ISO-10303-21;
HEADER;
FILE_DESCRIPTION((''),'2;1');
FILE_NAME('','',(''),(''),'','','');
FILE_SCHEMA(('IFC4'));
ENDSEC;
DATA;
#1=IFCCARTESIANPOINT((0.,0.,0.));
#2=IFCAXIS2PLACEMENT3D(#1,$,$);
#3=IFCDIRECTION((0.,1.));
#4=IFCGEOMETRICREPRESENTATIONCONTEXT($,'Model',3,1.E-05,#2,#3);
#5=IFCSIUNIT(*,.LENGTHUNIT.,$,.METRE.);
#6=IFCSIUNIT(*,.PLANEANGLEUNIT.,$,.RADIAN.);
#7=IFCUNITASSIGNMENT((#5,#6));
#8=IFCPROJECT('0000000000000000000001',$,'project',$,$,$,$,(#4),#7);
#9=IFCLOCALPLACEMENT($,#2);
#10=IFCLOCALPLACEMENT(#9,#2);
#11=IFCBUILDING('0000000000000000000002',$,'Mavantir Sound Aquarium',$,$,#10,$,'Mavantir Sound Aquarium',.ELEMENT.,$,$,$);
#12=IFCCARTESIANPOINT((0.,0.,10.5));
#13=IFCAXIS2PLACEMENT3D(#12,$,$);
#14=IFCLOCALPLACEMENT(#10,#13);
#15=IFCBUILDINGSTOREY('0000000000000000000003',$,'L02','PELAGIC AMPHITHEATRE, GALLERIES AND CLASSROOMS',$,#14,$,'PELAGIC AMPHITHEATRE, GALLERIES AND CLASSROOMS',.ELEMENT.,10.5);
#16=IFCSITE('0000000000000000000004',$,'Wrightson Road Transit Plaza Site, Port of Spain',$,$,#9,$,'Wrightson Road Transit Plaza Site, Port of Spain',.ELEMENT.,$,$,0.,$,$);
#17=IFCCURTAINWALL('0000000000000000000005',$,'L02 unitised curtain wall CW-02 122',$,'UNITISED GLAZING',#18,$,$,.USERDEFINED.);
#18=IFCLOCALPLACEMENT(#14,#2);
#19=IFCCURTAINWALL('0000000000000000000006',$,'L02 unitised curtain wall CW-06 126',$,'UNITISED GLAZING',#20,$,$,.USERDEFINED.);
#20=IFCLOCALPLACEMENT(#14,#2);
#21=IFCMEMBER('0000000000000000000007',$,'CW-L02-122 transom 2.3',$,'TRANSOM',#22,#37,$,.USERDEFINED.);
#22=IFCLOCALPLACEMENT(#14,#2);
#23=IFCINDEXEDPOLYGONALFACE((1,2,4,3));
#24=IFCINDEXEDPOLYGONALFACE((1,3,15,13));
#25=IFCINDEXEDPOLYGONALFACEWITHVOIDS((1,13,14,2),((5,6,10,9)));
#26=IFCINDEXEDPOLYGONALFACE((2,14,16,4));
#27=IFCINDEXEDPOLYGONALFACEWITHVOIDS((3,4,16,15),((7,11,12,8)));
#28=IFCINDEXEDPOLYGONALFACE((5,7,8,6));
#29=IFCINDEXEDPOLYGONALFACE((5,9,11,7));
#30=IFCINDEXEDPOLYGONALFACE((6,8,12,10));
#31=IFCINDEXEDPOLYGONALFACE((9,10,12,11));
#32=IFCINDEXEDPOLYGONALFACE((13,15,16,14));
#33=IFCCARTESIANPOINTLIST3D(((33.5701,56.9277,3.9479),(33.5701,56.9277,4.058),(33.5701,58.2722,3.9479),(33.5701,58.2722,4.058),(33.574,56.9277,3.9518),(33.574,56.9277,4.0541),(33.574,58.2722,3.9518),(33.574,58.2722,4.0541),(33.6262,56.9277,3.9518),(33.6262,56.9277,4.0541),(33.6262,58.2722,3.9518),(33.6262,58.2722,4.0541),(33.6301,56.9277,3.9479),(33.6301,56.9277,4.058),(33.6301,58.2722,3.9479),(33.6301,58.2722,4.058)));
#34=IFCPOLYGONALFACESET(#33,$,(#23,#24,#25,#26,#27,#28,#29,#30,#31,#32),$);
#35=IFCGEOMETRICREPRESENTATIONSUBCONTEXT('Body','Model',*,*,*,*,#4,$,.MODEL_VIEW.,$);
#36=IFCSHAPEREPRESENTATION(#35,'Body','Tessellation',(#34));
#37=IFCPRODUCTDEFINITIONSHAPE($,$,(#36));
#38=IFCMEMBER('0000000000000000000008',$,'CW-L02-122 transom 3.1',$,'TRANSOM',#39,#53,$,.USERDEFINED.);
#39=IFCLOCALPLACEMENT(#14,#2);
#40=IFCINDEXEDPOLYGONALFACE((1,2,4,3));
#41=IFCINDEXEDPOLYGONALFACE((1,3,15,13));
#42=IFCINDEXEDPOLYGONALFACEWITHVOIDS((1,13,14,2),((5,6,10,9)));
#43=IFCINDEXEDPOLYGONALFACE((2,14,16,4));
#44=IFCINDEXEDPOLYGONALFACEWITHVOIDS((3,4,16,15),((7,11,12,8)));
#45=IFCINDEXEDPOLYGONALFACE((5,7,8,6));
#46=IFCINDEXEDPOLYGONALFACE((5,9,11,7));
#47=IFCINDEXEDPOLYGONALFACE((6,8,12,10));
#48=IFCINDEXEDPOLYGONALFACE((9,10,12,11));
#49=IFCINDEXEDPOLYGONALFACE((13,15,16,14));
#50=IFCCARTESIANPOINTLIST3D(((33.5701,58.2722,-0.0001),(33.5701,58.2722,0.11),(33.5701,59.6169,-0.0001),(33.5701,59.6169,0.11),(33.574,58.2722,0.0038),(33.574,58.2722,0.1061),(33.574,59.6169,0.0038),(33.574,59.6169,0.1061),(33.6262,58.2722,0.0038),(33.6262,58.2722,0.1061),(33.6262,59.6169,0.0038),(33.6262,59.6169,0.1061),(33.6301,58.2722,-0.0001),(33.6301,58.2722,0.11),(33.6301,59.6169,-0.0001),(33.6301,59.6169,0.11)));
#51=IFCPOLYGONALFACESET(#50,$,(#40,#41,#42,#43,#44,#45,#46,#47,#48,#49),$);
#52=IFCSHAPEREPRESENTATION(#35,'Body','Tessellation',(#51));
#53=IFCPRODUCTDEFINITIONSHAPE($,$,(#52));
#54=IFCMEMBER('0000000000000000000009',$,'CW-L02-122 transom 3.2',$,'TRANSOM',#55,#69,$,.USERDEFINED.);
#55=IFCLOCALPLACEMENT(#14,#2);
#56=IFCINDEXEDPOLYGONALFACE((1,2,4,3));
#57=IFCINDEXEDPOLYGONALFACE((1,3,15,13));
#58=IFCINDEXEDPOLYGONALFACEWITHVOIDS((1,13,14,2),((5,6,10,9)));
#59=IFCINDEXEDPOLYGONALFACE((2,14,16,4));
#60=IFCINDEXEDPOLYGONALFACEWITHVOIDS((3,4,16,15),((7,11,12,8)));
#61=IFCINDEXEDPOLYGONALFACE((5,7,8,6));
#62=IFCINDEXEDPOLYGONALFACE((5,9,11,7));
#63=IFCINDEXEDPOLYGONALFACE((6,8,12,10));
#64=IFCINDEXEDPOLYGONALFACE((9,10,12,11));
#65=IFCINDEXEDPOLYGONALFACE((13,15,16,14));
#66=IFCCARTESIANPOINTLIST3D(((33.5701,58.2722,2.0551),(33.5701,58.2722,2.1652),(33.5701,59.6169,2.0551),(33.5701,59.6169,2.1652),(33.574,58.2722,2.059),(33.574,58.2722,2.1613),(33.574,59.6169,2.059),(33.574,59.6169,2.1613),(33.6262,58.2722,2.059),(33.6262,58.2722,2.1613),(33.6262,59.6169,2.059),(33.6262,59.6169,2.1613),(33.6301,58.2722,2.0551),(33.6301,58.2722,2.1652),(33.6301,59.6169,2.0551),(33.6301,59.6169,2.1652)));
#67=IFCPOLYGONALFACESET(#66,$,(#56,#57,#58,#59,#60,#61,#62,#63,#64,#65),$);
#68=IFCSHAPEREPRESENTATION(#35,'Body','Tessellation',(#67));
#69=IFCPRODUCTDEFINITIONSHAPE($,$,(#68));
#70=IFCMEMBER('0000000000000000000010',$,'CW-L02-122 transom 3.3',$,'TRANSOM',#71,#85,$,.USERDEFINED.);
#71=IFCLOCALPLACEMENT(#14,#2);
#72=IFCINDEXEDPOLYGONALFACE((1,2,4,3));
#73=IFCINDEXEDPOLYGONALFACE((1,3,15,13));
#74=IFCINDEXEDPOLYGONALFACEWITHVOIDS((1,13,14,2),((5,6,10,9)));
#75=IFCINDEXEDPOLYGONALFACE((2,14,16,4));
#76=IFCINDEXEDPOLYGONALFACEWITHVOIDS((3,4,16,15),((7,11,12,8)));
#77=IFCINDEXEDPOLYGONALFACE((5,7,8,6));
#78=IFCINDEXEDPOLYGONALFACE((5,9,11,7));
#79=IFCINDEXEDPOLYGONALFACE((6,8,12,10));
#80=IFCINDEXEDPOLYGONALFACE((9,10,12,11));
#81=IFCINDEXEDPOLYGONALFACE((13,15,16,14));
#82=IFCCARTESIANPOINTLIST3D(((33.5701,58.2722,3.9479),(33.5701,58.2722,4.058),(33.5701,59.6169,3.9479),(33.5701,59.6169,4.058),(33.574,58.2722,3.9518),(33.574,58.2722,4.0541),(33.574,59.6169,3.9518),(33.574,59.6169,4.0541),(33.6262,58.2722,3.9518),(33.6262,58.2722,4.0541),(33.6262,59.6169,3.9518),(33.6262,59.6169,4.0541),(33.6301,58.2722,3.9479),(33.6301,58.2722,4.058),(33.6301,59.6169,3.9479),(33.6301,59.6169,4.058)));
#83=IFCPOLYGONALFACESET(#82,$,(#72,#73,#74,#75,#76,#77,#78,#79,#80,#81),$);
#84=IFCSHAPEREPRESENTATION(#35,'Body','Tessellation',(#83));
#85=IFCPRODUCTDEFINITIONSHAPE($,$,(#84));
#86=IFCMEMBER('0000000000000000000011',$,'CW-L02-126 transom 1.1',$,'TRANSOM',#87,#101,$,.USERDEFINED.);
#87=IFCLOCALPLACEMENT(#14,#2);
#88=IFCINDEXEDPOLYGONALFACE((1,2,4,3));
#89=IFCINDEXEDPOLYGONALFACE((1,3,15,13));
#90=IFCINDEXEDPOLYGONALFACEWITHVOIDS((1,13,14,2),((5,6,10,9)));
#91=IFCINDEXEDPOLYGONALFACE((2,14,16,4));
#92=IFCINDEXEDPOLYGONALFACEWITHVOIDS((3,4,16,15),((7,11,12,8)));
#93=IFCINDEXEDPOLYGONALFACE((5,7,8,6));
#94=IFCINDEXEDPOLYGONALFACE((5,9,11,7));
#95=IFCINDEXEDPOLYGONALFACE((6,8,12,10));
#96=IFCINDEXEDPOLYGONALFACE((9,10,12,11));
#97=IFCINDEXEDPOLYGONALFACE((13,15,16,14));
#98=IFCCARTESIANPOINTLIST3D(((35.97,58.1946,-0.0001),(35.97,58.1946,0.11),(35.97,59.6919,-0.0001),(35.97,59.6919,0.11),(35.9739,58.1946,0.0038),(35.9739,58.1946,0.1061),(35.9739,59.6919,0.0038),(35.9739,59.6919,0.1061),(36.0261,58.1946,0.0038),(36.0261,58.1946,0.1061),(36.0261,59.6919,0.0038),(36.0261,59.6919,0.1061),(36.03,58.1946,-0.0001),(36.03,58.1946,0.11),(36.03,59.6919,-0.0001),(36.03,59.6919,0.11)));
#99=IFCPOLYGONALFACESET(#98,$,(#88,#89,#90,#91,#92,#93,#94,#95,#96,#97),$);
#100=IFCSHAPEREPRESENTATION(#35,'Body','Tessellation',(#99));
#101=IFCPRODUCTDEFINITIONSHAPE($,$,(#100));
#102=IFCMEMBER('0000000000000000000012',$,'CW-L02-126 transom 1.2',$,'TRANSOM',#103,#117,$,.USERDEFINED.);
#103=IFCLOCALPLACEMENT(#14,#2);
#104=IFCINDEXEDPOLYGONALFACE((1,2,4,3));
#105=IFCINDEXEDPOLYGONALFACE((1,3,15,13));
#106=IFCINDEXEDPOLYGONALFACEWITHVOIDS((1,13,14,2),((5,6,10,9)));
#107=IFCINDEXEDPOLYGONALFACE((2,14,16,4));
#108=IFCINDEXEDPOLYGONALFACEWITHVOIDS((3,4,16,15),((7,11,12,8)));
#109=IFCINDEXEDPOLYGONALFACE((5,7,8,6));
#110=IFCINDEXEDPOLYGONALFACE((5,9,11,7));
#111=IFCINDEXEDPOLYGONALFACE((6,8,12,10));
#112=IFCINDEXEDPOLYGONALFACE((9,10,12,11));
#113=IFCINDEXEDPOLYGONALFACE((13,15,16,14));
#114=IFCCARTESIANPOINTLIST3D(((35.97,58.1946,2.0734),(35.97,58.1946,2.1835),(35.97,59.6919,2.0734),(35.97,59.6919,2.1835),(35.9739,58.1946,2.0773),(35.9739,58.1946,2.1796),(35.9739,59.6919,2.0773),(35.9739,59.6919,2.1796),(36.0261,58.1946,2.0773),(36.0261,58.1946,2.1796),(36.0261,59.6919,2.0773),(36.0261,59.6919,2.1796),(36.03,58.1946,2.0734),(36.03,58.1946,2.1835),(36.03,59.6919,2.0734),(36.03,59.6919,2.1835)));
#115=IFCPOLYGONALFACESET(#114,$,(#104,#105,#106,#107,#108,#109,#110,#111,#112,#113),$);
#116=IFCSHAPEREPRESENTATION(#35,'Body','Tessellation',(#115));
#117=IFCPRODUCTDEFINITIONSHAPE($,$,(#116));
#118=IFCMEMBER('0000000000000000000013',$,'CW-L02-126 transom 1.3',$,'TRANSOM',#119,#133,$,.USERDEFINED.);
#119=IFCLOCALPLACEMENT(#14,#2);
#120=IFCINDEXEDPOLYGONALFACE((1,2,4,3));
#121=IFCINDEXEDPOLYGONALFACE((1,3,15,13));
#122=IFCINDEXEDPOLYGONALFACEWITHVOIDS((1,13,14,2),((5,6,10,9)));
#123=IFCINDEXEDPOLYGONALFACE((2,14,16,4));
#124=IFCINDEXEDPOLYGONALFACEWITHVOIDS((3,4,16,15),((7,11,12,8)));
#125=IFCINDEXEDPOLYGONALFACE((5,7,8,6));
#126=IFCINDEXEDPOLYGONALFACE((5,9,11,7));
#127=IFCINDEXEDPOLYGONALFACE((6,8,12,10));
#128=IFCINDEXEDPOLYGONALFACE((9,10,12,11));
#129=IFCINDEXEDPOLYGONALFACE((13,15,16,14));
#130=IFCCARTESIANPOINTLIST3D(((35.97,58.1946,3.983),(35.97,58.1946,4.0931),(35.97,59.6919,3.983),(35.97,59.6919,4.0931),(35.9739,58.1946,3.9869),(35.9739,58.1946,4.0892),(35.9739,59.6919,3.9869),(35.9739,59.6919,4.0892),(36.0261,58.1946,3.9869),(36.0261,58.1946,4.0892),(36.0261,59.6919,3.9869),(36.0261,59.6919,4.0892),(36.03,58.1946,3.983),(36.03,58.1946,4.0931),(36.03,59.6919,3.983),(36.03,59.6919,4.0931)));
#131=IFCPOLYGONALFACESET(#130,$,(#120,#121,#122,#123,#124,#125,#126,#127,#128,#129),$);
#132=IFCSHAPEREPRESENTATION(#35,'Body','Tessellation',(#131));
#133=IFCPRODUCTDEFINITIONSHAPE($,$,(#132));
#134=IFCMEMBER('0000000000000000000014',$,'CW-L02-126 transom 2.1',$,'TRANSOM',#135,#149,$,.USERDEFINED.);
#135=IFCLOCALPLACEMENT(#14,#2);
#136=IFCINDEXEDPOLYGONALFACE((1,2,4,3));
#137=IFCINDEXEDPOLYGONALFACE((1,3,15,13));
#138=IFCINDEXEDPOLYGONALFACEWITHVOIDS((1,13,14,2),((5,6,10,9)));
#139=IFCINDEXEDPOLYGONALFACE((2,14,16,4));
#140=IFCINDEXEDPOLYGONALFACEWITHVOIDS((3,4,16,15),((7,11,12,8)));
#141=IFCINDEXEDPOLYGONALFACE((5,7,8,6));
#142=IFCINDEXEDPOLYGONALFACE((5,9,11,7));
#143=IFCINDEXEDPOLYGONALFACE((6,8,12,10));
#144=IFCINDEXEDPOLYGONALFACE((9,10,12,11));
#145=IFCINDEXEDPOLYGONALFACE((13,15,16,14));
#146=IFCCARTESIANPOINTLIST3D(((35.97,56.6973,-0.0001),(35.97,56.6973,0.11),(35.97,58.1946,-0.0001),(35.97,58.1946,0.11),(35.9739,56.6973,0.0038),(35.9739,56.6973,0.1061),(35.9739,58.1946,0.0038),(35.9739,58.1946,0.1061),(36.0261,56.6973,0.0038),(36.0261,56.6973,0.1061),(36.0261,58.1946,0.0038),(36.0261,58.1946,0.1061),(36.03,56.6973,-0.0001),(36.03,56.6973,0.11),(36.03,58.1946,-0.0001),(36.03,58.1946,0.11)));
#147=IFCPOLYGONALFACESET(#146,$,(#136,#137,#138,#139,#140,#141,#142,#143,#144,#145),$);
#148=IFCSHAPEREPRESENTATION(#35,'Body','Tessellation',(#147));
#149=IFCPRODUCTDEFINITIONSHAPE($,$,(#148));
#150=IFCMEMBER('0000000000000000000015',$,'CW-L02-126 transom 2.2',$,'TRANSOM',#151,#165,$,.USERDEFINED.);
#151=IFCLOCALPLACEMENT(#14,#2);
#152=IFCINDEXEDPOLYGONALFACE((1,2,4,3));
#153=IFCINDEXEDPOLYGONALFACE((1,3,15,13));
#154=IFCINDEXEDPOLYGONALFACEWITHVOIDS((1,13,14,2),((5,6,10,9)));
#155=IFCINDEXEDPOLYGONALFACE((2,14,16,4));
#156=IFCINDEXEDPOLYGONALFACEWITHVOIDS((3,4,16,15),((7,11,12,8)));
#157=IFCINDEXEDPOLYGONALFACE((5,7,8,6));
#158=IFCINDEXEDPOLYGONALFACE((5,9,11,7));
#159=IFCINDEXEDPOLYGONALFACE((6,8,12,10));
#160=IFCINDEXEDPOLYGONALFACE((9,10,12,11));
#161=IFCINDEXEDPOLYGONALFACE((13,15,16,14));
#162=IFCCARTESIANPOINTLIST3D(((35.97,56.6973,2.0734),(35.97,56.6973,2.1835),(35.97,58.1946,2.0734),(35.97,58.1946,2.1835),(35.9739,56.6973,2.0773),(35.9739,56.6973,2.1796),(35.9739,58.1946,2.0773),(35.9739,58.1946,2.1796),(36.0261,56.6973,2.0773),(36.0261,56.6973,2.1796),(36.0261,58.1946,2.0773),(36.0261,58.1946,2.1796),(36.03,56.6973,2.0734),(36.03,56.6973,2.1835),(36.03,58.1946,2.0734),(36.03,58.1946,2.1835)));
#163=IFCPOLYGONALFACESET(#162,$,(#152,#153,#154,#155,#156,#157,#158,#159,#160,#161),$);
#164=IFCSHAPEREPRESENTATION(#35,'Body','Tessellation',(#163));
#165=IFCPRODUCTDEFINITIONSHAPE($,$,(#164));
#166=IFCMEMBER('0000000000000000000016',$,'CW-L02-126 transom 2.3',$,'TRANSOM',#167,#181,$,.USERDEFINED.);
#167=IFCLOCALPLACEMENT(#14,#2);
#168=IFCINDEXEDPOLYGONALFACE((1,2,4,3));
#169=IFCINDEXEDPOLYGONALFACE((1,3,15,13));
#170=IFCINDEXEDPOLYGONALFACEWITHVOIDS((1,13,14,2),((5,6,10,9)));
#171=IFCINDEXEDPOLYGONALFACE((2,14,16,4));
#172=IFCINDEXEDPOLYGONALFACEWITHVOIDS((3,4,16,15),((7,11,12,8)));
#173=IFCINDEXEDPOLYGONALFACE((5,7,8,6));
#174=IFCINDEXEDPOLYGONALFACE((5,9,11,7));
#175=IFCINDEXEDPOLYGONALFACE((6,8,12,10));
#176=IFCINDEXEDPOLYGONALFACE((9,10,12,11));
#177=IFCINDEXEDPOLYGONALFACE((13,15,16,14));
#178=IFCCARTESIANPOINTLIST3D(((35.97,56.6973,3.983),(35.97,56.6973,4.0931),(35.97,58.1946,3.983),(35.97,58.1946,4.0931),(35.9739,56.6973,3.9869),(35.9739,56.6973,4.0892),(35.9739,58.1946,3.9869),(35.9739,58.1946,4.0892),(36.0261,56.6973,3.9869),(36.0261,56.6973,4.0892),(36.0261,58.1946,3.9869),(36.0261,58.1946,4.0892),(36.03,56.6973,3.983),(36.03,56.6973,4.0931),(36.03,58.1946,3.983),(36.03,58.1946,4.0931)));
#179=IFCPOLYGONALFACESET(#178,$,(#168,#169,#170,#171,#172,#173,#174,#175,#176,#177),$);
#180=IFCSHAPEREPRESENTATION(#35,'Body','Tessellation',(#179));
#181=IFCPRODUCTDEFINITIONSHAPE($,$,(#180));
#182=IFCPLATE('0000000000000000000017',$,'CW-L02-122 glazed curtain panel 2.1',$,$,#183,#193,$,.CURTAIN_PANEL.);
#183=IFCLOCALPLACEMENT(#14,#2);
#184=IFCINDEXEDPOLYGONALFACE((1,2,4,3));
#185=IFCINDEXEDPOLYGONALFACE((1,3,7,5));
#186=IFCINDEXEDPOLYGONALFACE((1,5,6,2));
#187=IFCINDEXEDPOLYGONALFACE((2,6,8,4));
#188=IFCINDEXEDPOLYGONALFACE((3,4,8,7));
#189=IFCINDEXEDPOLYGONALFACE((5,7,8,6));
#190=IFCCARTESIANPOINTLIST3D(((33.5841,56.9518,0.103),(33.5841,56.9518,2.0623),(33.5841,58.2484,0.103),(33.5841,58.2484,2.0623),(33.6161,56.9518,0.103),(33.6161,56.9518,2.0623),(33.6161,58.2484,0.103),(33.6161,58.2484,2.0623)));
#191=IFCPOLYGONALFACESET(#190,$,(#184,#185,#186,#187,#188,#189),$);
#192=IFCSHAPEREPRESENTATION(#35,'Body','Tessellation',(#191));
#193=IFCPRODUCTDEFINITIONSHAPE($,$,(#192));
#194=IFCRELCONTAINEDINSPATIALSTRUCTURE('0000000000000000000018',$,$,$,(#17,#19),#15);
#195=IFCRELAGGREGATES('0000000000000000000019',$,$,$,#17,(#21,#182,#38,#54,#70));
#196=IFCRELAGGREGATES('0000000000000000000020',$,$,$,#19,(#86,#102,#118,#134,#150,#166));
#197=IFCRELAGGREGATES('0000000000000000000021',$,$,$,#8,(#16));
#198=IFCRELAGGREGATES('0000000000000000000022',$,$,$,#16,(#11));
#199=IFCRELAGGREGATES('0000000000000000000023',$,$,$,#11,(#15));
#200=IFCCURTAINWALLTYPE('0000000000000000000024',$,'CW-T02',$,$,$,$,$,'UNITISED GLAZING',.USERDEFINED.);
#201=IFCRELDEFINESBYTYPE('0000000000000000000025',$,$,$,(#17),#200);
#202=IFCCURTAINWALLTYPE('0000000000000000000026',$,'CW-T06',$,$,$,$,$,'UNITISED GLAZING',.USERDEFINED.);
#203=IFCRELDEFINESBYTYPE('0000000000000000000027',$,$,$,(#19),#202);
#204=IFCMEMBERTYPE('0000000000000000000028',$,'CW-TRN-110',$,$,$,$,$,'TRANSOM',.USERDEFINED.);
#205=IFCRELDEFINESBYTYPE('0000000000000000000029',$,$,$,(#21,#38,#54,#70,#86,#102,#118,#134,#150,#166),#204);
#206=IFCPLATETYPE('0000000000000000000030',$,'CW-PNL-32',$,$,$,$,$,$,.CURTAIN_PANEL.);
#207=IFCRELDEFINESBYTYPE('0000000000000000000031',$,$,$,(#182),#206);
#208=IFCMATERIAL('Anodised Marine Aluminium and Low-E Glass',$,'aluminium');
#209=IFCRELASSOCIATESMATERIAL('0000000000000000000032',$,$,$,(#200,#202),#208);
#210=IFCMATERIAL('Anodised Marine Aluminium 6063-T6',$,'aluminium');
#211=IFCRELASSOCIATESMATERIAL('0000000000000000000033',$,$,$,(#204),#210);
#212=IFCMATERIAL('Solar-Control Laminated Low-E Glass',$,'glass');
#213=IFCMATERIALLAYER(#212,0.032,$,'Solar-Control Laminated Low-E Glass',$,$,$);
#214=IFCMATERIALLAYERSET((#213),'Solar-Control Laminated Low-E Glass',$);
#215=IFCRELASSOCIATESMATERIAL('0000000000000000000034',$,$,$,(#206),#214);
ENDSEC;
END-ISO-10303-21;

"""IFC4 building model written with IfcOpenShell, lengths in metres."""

from ifc_helpers import new_model, si_unit, direction, frame, origin, origin_2d, place, context, subcontext, project, spatial, rectangle, hollow_rectangle, extrude, material, layer, layer_set, material_profile, profile_set, type_object, element, aggregate, save


model = new_model("IFC4")

# Units and contexts
model_context = context("Model", 3, precision=1e-05, world=origin(), true_north=direction((0.0, 1.0)))
body_context = subcontext(model_context, "Body", "Model", "MODEL_VIEW")
ifc_project = project(units=[si_unit("LENGTHUNIT", "METRE"), si_unit("PLANEANGLEUNIT", "RADIAN")], contexts=[model_context])

# Site, building, storey
site_placement = place(None, origin())
site = spatial("IfcSite", under=ifc_project, at=site_placement, Name="Wrightson Road Transit Plaza Site, Port of Spain", LongName="Wrightson Road Transit Plaza Site, Port of Spain", CompositionType="ELEMENT", RefElevation=0.0)
building_placement = place(site_placement, origin())
building = spatial("IfcBuilding", under=site, at=building_placement, Name="Mavantir Sound Aquarium", LongName="Mavantir Sound Aquarium", CompositionType="ELEMENT")
storey_placement = place(building_placement, frame((0.0, 0.0, 10.5)))
storey = spatial("IfcBuildingStorey", under=building, at=storey_placement, Name="L02", Description="PELAGIC AMPHITHEATRE, GALLERIES AND CLASSROOMS", LongName="PELAGIC AMPHITHEATRE, GALLERIES AND CLASSROOMS", CompositionType="ELEMENT", Elevation=10.5)

# Shared definitions
ifc_material_1 = material(Name="Anodised Marine Aluminium and Low-E Glass", Category="aluminium")
ifc_material_2 = material(Name="Anodised Marine Aluminium 6063-T6", Category="aluminium")

# Curtain walls
curtain_wall_type_1 = type_object("IfcCurtainWallType", Name="CW-T02", ElementType="UNITISED GLAZING", PredefinedType="USERDEFINED", material=ifc_material_1)
curtain_wall_1_placement = place(storey_placement, origin())
curtain_wall_1 = element("IfcCurtainWall", 1, at=curtain_wall_1_placement, inside=storey, type_object=curtain_wall_type_1, Name="L02 unitised curtain wall CW-02 122", ObjectType="UNITISED GLAZING", PredefinedType="USERDEFINED")
curtain_wall_type_2 = type_object("IfcCurtainWallType", Name="CW-T06", ElementType="UNITISED GLAZING", PredefinedType="USERDEFINED", material=ifc_material_1)
curtain_wall_2_placement = place(storey_placement, origin())
curtain_wall_2 = element("IfcCurtainWall", 2, at=curtain_wall_2_placement, inside=storey, type_object=curtain_wall_type_2, Name="L02 unitised curtain wall CW-06 126", ObjectType="UNITISED GLAZING", PredefinedType="USERDEFINED")

# Members
ifc_material_profile_1 = material_profile(ifc_material_2, hollow_rectangle(XDim=0.0601, YDim=0.1101, WallThickness=0.0039, at=origin_2d()), Name="ALU-TRANSOM-110X60")
ifc_profile_set_1 = profile_set([ifc_material_profile_1], Name="Anodised Marine Aluminium 6063-T6")
member_type_1 = type_object("IfcMemberType", Name="CW-TRN-110", ElementType="TRANSOM", PredefinedType="USERDEFINED", material=ifc_profile_set_1)
member_1_placement = place(storey_placement, frame((33.6001, 56.9277, 4.0029), z_axis=(0.0, 1.0, 0.0), x_axis=(-1.0, 0.0, 0.0)))
member_1 = element("IfcMember", 3, at=member_1_placement, type_object=member_type_1, Name="CW-L02-122 transom 2.3", ObjectType="TRANSOM", PredefinedType="USERDEFINED", context=body_context, shape_type="SweptSolid", body=[
    extrude(hollow_rectangle(XDim=0.0601, YDim=0.1101, WallThickness=0.0039, at=origin_2d()), origin(), (0.0, 0.0, 1.0), 1.3445),
])
member_2_placement = place(storey_placement, frame((33.6001, 58.2722, 0.0549), z_axis=(0.0, 1.0, 0.0), x_axis=(-1.0, 0.0, 0.0)))
member_2 = element("IfcMember", 4, at=member_2_placement, type_object=member_type_1, Name="CW-L02-122 transom 3.1", ObjectType="TRANSOM", PredefinedType="USERDEFINED", context=body_context, shape_type="SweptSolid", body=[
    extrude(hollow_rectangle(XDim=0.0601, YDim=0.1101, WallThickness=0.0039, at=origin_2d()), origin(), (0.0, 0.0, 1.0), 1.3447),
])
member_3_placement = place(storey_placement, frame((33.6001, 58.2722, 2.1101), z_axis=(0.0, 1.0, 0.0), x_axis=(-1.0, 0.0, 0.0)))
member_3 = element("IfcMember", 5, at=member_3_placement, type_object=member_type_1, Name="CW-L02-122 transom 3.2", ObjectType="TRANSOM", PredefinedType="USERDEFINED", context=body_context, shape_type="SweptSolid", body=[
    extrude(hollow_rectangle(XDim=0.0601, YDim=0.1101, WallThickness=0.0039, at=origin_2d()), origin(), (0.0, 0.0, 1.0), 1.3447),
])
member_4_placement = place(storey_placement, frame((33.6001, 58.2722, 4.0029), z_axis=(0.0, 1.0, 0.0), x_axis=(-1.0, 0.0, 0.0)))
member_4 = element("IfcMember", 6, at=member_4_placement, type_object=member_type_1, Name="CW-L02-122 transom 3.3", ObjectType="TRANSOM", PredefinedType="USERDEFINED", context=body_context, shape_type="SweptSolid", body=[
    extrude(hollow_rectangle(XDim=0.0601, YDim=0.1101, WallThickness=0.0039, at=origin_2d()), origin(), (0.0, 0.0, 1.0), 1.3447),
])
member_5_placement = place(storey_placement, frame((36.0, 59.6919, 0.0549), z_axis=(0.0, -1.0, 0.0), x_axis=(1.0, 0.0, 0.0)))
member_5 = element("IfcMember", 7, at=member_5_placement, type_object=member_type_1, Name="CW-L02-126 transom 1.1", ObjectType="TRANSOM", PredefinedType="USERDEFINED", context=body_context, shape_type="SweptSolid", body=[
    extrude(hollow_rectangle(XDim=0.0601, YDim=0.1101, WallThickness=0.0039, at=origin_2d()), origin(), (0.0, 0.0, 1.0), 1.4973),
])
member_6_placement = place(storey_placement, frame((36.0, 59.6919, 2.1284), z_axis=(0.0, -1.0, 0.0), x_axis=(1.0, 0.0, 0.0)))
member_6 = element("IfcMember", 8, at=member_6_placement, type_object=member_type_1, Name="CW-L02-126 transom 1.2", ObjectType="TRANSOM", PredefinedType="USERDEFINED", context=body_context, shape_type="SweptSolid", body=[
    extrude(hollow_rectangle(XDim=0.0601, YDim=0.1101, WallThickness=0.0039, at=origin_2d()), origin(), (0.0, 0.0, 1.0), 1.4973),
])
member_7_placement = place(storey_placement, frame((36.0, 59.6919, 4.0381), z_axis=(0.0, -1.0, 0.0), x_axis=(1.0, 0.0, 0.0)))
member_7 = element("IfcMember", 9, at=member_7_placement, type_object=member_type_1, Name="CW-L02-126 transom 1.3", ObjectType="TRANSOM", PredefinedType="USERDEFINED", context=body_context, shape_type="SweptSolid", body=[
    extrude(hollow_rectangle(XDim=0.0601, YDim=0.1101, WallThickness=0.0039, at=origin_2d()), origin(), (0.0, 0.0, 1.0), 1.4973),
])
member_8_placement = place(storey_placement, frame((36.0, 58.1946, 0.0549), z_axis=(0.0, -1.0, 0.0), x_axis=(1.0, 0.0, 0.0)))
member_8 = element("IfcMember", 10, at=member_8_placement, type_object=member_type_1, Name="CW-L02-126 transom 2.1", ObjectType="TRANSOM", PredefinedType="USERDEFINED", context=body_context, shape_type="SweptSolid", body=[
    extrude(hollow_rectangle(XDim=0.0601, YDim=0.1101, WallThickness=0.0039, at=origin_2d()), origin(), (0.0, 0.0, 1.0), 1.4973),
])
member_9_placement = place(storey_placement, frame((36.0, 58.1946, 2.1284), z_axis=(0.0, -1.0, 0.0), x_axis=(1.0, 0.0, 0.0)))
member_9 = element("IfcMember", 11, at=member_9_placement, type_object=member_type_1, Name="CW-L02-126 transom 2.2", ObjectType="TRANSOM", PredefinedType="USERDEFINED", context=body_context, shape_type="SweptSolid", body=[
    extrude(hollow_rectangle(XDim=0.0601, YDim=0.1101, WallThickness=0.0039, at=origin_2d()), origin(), (0.0, 0.0, 1.0), 1.4973),
])
member_10_placement = place(storey_placement, frame((36.0, 58.1946, 4.0381), z_axis=(0.0, -1.0, 0.0), x_axis=(1.0, 0.0, 0.0)))
member_10 = element("IfcMember", 12, at=member_10_placement, type_object=member_type_1, Name="CW-L02-126 transom 2.3", ObjectType="TRANSOM", PredefinedType="USERDEFINED", context=body_context, shape_type="SweptSolid", body=[
    extrude(hollow_rectangle(XDim=0.0601, YDim=0.1101, WallThickness=0.0039, at=origin_2d()), origin(), (0.0, 0.0, 1.0), 1.4973),
])

# Plate
ifc_material_3 = material(Name="Solar-Control Laminated Low-E Glass", Category="glass")
ifc_layer = layer(ifc_material_3, 0.032, Name="Solar-Control Laminated Low-E Glass")
ifc_layer_set = layer_set([ifc_layer], Name="Solar-Control Laminated Low-E Glass")
plate_type = type_object("IfcPlateType", Name="CW-PNL-32", PredefinedType="CURTAIN_PANEL", material=ifc_layer_set)
plate_1_placement = place(storey_placement, frame((33.6001, 57.6001, 0.103), z_axis=(0.0, 0.0, 1.0), x_axis=(0.0, 1.0, 0.0)))
plate_1 = element("IfcPlate", 13, at=plate_1_placement, type_object=plate_type, Name="CW-L02-122 glazed curtain panel 2.1", PredefinedType="CURTAIN_PANEL", context=body_context, shape_type="SweptSolid", body=[
    extrude(rectangle(XDim=1.2966, YDim=0.032, at=origin_2d()), origin(), (0.0, 0.0, 1.0), 1.9592),
])
aggregate(curtain_wall_1, [member_1, plate_1, member_2, member_3, member_4])
aggregate(curtain_wall_2, [member_5, member_6, member_7, member_8, member_9, member_10])

save(model, "model.ifc")
